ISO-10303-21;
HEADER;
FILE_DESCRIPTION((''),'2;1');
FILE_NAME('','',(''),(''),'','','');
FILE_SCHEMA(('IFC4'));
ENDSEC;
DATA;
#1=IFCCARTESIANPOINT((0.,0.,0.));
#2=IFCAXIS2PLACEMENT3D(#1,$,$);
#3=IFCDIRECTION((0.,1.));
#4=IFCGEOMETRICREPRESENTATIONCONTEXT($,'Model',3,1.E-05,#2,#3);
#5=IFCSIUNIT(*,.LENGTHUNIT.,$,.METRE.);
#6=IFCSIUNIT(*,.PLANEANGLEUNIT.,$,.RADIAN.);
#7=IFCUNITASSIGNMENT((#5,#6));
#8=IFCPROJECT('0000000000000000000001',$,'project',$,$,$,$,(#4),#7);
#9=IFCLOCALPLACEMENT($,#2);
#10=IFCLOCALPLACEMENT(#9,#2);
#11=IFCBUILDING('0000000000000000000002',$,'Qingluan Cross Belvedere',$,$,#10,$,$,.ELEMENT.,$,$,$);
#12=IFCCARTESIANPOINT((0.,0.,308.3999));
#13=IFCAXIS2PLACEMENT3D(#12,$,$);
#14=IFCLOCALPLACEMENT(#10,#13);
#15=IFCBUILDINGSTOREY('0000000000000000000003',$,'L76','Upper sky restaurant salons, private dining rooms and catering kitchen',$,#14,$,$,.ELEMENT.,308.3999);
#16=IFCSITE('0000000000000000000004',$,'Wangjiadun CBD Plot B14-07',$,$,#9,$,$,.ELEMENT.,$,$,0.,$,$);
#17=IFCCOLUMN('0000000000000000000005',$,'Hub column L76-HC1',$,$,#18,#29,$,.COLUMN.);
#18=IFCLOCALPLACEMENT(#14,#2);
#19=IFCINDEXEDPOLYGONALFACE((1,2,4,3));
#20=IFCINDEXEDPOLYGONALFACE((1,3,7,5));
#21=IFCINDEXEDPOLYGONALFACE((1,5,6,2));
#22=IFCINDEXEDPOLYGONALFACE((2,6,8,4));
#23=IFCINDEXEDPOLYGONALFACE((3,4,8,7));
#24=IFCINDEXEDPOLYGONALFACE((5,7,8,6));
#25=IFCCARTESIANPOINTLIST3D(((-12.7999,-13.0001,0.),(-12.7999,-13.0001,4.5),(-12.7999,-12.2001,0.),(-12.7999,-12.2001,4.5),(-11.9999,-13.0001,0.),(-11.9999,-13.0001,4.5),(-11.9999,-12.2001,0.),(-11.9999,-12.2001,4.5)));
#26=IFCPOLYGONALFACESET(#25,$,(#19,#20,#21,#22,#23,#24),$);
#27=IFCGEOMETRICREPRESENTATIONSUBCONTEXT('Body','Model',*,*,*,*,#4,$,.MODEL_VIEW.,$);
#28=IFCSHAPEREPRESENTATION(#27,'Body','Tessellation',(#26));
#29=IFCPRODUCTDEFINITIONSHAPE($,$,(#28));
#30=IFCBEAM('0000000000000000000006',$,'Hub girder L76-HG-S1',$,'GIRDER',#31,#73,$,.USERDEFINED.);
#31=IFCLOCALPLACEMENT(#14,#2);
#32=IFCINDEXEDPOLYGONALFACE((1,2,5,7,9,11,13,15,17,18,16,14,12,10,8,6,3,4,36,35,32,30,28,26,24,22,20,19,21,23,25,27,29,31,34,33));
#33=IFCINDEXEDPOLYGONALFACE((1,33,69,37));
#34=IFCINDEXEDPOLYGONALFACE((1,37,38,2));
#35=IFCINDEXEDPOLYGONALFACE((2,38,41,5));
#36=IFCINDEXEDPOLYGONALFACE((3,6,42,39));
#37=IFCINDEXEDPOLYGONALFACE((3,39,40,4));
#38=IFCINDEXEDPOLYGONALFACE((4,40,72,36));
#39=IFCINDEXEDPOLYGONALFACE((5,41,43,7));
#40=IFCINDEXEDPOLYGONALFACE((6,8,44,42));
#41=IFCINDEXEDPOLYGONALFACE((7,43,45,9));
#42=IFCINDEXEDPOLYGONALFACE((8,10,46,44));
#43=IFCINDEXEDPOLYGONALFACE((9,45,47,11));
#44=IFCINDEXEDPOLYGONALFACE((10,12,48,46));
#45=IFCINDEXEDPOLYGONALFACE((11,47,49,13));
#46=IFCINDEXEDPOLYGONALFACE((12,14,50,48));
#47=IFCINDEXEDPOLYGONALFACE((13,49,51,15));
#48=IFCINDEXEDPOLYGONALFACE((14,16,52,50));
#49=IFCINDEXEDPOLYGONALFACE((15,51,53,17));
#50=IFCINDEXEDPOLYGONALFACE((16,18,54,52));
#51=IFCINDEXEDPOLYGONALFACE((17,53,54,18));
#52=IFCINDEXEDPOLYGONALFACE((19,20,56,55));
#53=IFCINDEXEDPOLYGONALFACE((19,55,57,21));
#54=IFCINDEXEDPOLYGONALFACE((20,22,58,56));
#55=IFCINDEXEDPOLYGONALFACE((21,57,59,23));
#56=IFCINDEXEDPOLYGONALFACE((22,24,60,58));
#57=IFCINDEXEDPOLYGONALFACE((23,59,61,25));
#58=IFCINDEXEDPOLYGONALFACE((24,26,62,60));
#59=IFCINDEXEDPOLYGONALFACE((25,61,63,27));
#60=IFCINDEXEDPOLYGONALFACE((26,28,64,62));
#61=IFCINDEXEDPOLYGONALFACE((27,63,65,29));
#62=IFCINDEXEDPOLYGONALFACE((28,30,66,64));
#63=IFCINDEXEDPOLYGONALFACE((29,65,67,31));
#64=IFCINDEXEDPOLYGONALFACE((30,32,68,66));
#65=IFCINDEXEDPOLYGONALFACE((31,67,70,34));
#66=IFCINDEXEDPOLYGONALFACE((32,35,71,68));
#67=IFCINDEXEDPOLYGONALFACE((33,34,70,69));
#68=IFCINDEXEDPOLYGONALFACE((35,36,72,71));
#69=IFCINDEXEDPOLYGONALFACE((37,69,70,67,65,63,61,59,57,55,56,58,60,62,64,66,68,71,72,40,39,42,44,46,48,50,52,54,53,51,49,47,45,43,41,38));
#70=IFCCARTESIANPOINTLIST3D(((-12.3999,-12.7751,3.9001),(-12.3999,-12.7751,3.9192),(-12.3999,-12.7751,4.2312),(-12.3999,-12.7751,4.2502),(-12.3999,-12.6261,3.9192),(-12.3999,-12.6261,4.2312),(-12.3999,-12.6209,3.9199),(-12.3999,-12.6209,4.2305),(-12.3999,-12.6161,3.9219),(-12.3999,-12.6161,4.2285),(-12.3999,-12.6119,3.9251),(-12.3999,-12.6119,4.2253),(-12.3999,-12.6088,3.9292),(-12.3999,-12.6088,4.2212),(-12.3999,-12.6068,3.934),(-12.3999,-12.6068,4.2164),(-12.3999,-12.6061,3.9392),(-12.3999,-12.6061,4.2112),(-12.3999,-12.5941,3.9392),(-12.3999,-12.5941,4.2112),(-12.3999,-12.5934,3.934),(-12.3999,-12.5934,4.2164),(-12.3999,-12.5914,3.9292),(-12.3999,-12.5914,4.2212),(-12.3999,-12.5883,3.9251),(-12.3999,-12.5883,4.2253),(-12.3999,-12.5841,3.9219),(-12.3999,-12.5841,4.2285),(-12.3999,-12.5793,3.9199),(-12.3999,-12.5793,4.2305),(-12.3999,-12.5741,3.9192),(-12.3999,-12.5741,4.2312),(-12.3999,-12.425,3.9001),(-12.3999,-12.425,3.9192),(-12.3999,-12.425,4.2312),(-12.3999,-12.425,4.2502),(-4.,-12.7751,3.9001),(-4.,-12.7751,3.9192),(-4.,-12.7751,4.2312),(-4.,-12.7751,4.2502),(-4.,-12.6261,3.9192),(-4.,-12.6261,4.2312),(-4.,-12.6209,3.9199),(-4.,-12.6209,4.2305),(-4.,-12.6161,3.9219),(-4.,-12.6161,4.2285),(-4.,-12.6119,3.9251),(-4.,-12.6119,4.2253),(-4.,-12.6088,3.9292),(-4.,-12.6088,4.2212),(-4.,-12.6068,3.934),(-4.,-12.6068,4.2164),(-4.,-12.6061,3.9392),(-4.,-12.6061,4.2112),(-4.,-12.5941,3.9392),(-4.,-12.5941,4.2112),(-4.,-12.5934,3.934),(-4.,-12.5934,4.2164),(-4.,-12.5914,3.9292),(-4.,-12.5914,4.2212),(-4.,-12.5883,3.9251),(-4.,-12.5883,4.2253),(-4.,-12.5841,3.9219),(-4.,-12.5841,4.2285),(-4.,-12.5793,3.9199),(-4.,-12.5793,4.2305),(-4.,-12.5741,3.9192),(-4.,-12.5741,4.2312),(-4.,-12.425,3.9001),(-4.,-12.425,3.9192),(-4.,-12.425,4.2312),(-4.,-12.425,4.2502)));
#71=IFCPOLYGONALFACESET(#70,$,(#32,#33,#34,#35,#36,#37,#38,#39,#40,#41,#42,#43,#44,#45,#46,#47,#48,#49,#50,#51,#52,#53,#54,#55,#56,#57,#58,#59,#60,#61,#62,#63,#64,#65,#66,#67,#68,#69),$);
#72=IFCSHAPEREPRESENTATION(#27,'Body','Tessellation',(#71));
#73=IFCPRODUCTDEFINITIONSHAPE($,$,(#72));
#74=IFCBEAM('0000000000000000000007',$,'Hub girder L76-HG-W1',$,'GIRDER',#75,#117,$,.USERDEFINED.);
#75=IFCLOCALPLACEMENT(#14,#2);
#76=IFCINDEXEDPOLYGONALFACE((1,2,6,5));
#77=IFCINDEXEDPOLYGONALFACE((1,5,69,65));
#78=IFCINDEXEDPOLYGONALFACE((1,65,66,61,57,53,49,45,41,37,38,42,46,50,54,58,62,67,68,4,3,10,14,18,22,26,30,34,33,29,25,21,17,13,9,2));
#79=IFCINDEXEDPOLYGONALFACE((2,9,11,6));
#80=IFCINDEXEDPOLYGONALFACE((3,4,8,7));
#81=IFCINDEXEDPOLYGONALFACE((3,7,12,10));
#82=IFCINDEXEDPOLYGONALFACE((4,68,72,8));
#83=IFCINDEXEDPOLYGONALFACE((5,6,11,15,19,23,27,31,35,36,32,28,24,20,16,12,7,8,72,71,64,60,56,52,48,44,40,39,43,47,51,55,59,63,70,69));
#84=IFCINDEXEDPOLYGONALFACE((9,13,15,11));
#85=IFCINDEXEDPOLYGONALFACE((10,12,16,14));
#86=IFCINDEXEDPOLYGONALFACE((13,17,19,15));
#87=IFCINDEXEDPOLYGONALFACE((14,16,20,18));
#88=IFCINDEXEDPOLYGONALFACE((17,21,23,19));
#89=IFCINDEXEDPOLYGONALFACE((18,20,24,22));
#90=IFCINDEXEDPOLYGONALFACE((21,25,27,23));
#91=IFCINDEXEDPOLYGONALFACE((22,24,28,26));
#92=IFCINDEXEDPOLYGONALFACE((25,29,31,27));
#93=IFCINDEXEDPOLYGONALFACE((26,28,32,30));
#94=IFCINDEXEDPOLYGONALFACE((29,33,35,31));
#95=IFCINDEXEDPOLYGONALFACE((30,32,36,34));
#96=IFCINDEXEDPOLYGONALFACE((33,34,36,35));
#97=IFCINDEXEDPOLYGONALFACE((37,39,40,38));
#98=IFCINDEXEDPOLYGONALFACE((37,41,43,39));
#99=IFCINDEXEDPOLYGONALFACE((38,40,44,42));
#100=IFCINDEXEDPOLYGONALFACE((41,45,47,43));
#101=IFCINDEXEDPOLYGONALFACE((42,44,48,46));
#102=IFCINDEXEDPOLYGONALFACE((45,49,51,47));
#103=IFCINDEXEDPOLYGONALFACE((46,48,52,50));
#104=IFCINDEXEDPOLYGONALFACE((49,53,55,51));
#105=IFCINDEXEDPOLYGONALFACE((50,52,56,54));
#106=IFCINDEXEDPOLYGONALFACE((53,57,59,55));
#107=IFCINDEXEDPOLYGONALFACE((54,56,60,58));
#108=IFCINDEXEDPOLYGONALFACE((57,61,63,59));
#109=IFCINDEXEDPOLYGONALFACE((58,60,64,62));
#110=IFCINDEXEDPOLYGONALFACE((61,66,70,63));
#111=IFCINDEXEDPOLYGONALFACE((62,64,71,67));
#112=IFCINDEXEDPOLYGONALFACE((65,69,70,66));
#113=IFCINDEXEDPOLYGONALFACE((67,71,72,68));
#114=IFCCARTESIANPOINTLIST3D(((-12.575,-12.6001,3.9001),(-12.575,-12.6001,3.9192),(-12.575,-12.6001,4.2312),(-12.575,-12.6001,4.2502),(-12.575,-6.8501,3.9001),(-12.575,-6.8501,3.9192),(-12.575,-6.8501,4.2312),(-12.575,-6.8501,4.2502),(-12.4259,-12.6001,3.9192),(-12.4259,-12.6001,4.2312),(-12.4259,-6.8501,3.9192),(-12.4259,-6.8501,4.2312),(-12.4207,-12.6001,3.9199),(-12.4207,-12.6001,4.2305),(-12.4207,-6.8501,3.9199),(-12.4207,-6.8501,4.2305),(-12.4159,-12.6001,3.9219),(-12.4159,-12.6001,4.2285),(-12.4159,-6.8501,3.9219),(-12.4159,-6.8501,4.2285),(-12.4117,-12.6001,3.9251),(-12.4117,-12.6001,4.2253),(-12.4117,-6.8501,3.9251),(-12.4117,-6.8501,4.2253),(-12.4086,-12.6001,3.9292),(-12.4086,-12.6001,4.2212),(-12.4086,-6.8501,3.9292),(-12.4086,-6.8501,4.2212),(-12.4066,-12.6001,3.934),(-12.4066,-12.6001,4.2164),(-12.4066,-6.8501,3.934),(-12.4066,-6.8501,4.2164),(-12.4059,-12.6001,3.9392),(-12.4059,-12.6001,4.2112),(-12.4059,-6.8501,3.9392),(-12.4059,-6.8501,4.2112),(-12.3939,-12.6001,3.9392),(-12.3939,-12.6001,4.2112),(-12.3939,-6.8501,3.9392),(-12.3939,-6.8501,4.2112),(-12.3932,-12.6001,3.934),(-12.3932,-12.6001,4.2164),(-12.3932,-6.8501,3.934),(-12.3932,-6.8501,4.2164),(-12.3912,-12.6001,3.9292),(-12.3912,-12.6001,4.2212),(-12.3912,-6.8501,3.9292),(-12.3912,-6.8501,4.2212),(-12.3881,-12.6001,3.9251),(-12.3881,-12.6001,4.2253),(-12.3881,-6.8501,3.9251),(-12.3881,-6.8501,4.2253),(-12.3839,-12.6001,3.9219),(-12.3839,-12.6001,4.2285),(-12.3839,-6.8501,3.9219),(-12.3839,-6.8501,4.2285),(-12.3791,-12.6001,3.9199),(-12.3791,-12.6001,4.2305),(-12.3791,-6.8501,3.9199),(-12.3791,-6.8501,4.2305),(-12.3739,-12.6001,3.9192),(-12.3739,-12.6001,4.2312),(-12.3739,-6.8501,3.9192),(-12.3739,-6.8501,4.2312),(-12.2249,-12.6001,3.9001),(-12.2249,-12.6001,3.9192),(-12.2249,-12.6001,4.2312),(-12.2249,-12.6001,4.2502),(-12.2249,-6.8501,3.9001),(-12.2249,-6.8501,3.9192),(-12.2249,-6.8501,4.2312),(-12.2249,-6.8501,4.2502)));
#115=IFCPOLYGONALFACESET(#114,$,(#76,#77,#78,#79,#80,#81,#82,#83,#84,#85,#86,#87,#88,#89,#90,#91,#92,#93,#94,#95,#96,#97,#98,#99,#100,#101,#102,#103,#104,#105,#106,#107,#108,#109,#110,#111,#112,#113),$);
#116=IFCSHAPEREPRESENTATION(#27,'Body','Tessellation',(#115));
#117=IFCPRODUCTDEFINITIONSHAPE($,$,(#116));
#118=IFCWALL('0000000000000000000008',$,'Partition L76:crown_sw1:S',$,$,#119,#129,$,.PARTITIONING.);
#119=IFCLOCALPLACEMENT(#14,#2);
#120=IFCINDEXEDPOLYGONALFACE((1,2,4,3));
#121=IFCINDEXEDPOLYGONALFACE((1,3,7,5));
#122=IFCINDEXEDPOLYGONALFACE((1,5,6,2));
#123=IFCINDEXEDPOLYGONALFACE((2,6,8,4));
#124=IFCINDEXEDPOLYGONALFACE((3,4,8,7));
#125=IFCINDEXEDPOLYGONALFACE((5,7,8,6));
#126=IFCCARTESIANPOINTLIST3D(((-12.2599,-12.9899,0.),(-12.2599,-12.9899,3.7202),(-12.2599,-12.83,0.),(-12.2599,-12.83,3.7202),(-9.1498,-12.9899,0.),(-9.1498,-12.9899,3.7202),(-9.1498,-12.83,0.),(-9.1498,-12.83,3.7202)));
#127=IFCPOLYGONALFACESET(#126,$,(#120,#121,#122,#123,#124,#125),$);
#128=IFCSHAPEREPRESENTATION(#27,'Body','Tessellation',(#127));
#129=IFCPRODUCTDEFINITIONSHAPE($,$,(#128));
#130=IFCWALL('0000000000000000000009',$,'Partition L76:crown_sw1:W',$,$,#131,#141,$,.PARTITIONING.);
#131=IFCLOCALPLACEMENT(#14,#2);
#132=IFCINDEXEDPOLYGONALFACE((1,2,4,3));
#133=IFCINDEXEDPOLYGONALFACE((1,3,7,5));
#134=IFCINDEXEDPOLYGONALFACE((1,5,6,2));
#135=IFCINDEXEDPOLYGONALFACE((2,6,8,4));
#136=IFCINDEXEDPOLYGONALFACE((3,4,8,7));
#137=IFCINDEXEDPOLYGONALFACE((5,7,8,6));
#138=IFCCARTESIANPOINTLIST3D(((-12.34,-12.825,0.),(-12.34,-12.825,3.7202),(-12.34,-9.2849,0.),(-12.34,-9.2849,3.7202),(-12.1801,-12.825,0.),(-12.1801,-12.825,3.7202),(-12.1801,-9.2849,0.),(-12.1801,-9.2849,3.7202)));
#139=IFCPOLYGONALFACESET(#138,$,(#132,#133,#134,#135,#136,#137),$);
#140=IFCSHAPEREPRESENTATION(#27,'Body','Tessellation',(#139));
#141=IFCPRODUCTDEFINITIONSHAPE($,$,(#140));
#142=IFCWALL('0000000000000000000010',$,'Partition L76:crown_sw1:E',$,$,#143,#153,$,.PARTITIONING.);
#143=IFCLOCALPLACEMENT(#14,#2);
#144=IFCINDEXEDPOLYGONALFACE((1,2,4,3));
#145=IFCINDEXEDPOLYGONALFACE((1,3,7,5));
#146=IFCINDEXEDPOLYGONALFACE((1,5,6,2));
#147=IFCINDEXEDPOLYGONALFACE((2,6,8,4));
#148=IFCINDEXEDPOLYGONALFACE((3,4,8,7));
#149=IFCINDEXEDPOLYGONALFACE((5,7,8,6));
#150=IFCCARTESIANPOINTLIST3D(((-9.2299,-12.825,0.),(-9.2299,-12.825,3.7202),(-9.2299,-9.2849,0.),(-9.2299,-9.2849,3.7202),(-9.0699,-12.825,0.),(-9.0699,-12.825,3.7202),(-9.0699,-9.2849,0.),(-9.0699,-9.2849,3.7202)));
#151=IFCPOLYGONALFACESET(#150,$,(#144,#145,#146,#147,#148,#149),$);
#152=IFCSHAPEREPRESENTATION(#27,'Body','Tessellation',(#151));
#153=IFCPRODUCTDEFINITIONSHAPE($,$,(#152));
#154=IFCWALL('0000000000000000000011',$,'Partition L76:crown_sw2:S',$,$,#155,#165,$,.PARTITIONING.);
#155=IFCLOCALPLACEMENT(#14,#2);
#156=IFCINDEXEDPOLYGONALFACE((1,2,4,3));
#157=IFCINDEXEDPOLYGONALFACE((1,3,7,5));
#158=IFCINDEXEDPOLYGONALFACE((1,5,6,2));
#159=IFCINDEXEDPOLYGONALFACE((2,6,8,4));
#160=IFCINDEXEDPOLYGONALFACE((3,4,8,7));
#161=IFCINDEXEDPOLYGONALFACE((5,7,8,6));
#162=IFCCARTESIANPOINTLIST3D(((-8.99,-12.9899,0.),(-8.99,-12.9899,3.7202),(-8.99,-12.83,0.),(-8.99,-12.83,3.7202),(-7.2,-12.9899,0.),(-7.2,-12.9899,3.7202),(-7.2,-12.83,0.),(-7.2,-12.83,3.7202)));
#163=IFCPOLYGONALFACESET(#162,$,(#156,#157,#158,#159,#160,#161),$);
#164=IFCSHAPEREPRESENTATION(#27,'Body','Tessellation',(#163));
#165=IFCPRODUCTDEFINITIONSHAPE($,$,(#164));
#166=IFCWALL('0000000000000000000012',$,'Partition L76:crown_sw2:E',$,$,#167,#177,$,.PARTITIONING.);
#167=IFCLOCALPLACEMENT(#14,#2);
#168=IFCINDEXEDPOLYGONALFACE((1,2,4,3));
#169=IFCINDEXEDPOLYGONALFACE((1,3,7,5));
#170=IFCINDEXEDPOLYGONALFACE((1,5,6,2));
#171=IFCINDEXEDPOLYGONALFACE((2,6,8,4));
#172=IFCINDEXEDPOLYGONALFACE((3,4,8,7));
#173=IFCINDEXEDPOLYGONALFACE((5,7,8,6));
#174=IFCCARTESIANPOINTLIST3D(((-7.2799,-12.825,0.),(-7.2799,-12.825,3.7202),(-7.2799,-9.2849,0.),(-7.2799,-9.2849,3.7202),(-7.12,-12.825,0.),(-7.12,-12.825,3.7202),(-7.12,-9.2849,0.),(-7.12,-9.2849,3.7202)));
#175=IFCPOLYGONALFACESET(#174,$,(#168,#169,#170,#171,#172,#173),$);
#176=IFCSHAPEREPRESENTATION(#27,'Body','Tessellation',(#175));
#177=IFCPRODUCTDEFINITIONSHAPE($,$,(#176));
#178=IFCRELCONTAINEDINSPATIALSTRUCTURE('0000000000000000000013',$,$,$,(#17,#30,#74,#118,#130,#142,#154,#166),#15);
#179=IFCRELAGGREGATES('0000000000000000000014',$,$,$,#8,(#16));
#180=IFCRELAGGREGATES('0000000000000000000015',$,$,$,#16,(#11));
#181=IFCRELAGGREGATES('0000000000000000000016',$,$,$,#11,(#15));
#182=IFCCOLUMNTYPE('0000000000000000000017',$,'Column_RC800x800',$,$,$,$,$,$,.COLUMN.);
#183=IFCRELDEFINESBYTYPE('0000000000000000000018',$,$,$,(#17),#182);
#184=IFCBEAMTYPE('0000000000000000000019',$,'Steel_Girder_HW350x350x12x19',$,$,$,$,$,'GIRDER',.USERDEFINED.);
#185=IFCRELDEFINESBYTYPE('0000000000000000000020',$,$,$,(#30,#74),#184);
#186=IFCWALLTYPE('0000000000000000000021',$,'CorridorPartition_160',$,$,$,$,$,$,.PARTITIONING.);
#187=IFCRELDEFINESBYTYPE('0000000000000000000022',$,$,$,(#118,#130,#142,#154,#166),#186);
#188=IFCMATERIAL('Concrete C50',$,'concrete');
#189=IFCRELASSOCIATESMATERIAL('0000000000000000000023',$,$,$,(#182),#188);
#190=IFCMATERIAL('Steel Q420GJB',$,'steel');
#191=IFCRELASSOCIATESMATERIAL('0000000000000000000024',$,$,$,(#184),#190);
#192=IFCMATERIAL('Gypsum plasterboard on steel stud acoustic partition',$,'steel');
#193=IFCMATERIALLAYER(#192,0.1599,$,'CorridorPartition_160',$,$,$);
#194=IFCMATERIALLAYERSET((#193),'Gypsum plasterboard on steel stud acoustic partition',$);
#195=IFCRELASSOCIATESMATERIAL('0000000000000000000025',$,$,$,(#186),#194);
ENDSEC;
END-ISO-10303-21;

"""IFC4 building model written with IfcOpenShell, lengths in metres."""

from ifc_helpers import new_model, si_unit, direction, frame, frame_2d, origin, origin_2d, place, context, subcontext, project, spatial, rectangle, i_section, extrude, material, layer, layer_set, material_profile, profile_set, type_object, element, save


model = new_model("IFC4")

# Units and contexts
model_context = context("Model", 3, precision=1e-05, world=origin(), true_north=direction((0.0, 1.0)))
body_context = subcontext(model_context, "Body", "Model", "MODEL_VIEW")
ifc_project = project(units=[si_unit("LENGTHUNIT", "METRE"), si_unit("PLANEANGLEUNIT", "RADIAN")], contexts=[model_context])

# Site, building, storey
site_placement = place(None, origin())
site = spatial("IfcSite", under=ifc_project, at=site_placement, Name="Wangjiadun CBD Plot B14-07", CompositionType="ELEMENT", RefElevation=0.0)
building_placement = place(site_placement, origin())
building = spatial("IfcBuilding", under=site, at=building_placement, Name="Qingluan Cross Belvedere", CompositionType="ELEMENT")
storey_placement = place(building_placement, frame((0.0, 0.0, 308.3999)))
storey = spatial("IfcBuildingStorey", under=building, at=storey_placement, Name="L76", Description="Upper sky restaurant salons, private dining rooms and catering kitchen", CompositionType="ELEMENT", Elevation=308.3999)

# Column
ifc_material_1 = material(Name="Concrete C50", Category="concrete")
ifc_material_profile_1 = material_profile(ifc_material_1, rectangle(XDim=0.8, YDim=0.8, at=origin_2d()), Name="RC800x800")
ifc_profile_set_1 = profile_set([ifc_material_profile_1], Name="Concrete C50")
column_type = type_object("IfcColumnType", Name="Column_RC800x800", PredefinedType="COLUMN", material=ifc_profile_set_1)
column_placement = place(storey_placement, frame((-12.3999, -12.6001, 0.0), z_axis=(0.0, 0.0, 1.0), x_axis=(1.0, 0.0, 0.0)))
element("IfcColumn", 1, at=column_placement, inside=storey, type_object=column_type, Name="Hub column L76-HC1", PredefinedType="COLUMN", context=body_context, shape_type="SweptSolid", body=[
    extrude(rectangle(XDim=0.8, YDim=0.8, at=origin_2d()), origin(), (0.0, 0.0, 1.0), 4.5),
])

# Beams
ifc_material_2 = material(Name="Steel Q420GJB", Category="steel")
ifc_material_profile_2 = material_profile(ifc_material_2, i_section(OverallWidth=0.3501, OverallDepth=0.3501, WebThickness=0.012, FlangeThickness=0.019, FilletRadius=0.02, at=origin_2d()), Name="HW350x350x12x19")
ifc_profile_set_2 = profile_set([ifc_material_profile_2], Name="Steel Q420GJB")
beam_type = type_object("IfcBeamType", Name="Steel_Girder_HW350x350x12x19", ElementType="GIRDER", PredefinedType="USERDEFINED", material=ifc_profile_set_2)
beam_1_placement = place(storey_placement, frame((-12.3999, -12.6001, 4.0752), z_axis=(1.0, 0.0, 0.0), x_axis=(0.0, 1.0, 0.0)))
element("IfcBeam", 2, at=beam_1_placement, inside=storey, type_object=beam_type, Name="Hub girder L76-HG-S1", ObjectType="GIRDER", PredefinedType="USERDEFINED", context=body_context, shape_type="SweptSolid", body=[
    extrude(i_section(OverallWidth=0.3501, OverallDepth=0.3501, WebThickness=0.012, FlangeThickness=0.019, FilletRadius=0.02, at=origin_2d()), origin(), (0.0, 0.0, 1.0), 8.3999),
])
beam_2_placement = place(storey_placement, frame((-12.3999, -12.6001, 4.0752), z_axis=(0.0, 1.0, 0.0), x_axis=(-1.0, 0.0, 0.0)))
element("IfcBeam", 3, at=beam_2_placement, inside=storey, type_object=beam_type, Name="Hub girder L76-HG-W1", ObjectType="GIRDER", PredefinedType="USERDEFINED", context=body_context, shape_type="SweptSolid", body=[
    extrude(i_section(OverallWidth=0.3501, OverallDepth=0.3501, WebThickness=0.012, FlangeThickness=0.019, FilletRadius=0.02, at=origin_2d()), origin(), (0.0, 0.0, 1.0), 5.75),
])

# Wall
ifc_material_3 = material(Name="Gypsum plasterboard on steel stud acoustic partition", Category="steel")
ifc_layer_1 = layer(ifc_material_3, 0.1599, Name="CorridorPartition_160")
ifc_layer_set_1 = layer_set([ifc_layer_1], Name="Gypsum plasterboard on steel stud acoustic partition")
wall_type_1 = type_object("IfcWallType", Name="CorridorPartition_160", PredefinedType="PARTITIONING", material=ifc_layer_set_1)
wall_1_placement = place(storey_placement, frame((-12.26, -12.9099, 0.0), z_axis=(0.0, 0.0, 1.0), x_axis=(1.0, 0.0, 0.0)))
element("IfcWall", 4, at=wall_1_placement, inside=storey, type_object=wall_type_1, Name="Partition L76:crown_sw1:S", PredefinedType="PARTITIONING", context=body_context, shape_type="SweptSolid", body=[
    extrude(rectangle(XDim=3.1101, YDim=0.1599, at=frame_2d((1.5552, 0.0))), origin(), (0.0, 0.0, 1.0), 3.7202),
])

# Walls
for number, where, z_axis, x_axis, name in (
    (5, (-12.26, -12.825, 0.0), (0.0, 0.0, 1.0), (0.0, 1.0, 0.0), "Partition L76:crown_sw1:W"),
    (6, (-9.1499, -12.825, 0.0), (0.0, 0.0, 1.0), (0.0, 1.0, 0.0), "Partition L76:crown_sw1:E"),
):
    element("IfcWall", number, at=place(storey_placement, frame(where, z_axis=z_axis, x_axis=x_axis)), inside=storey, type_object=wall_type_1, Name=name, PredefinedType="PARTITIONING", context=body_context, shape_type="SweptSolid", body=[
        extrude(rectangle(XDim=3.54, YDim=0.1599, at=frame_2d((1.77, 0.0))), origin(), (0.0, 0.0, 1.0), 3.7202),
    ])
wall_2_placement = place(storey_placement, frame((-8.99, -12.9099, 0.0), z_axis=(0.0, 0.0, 1.0), x_axis=(1.0, 0.0, 0.0)))
element("IfcWall", 7, at=wall_2_placement, inside=storey, type_object=wall_type_1, Name="Partition L76:crown_sw2:S", PredefinedType="PARTITIONING", context=body_context, shape_type="SweptSolid", body=[
    extrude(rectangle(XDim=1.79, YDim=0.1599, at=frame_2d((0.895, 0.0))), origin(), (0.0, 0.0, 1.0), 3.7202),
])

# Wall
wall_3_placement = place(storey_placement, frame((-7.2, -12.825, 0.0), z_axis=(0.0, 0.0, 1.0), x_axis=(0.0, 1.0, 0.0)))
element("IfcWall", 8, at=wall_3_placement, inside=storey, type_object=wall_type_1, Name="Partition L76:crown_sw2:E", PredefinedType="PARTITIONING", context=body_context, shape_type="SweptSolid", body=[
    extrude(rectangle(XDim=3.54, YDim=0.1599, at=frame_2d((1.77, 0.0))), origin(), (0.0, 0.0, 1.0), 3.7202),
])

save(model, "model.ifc")
